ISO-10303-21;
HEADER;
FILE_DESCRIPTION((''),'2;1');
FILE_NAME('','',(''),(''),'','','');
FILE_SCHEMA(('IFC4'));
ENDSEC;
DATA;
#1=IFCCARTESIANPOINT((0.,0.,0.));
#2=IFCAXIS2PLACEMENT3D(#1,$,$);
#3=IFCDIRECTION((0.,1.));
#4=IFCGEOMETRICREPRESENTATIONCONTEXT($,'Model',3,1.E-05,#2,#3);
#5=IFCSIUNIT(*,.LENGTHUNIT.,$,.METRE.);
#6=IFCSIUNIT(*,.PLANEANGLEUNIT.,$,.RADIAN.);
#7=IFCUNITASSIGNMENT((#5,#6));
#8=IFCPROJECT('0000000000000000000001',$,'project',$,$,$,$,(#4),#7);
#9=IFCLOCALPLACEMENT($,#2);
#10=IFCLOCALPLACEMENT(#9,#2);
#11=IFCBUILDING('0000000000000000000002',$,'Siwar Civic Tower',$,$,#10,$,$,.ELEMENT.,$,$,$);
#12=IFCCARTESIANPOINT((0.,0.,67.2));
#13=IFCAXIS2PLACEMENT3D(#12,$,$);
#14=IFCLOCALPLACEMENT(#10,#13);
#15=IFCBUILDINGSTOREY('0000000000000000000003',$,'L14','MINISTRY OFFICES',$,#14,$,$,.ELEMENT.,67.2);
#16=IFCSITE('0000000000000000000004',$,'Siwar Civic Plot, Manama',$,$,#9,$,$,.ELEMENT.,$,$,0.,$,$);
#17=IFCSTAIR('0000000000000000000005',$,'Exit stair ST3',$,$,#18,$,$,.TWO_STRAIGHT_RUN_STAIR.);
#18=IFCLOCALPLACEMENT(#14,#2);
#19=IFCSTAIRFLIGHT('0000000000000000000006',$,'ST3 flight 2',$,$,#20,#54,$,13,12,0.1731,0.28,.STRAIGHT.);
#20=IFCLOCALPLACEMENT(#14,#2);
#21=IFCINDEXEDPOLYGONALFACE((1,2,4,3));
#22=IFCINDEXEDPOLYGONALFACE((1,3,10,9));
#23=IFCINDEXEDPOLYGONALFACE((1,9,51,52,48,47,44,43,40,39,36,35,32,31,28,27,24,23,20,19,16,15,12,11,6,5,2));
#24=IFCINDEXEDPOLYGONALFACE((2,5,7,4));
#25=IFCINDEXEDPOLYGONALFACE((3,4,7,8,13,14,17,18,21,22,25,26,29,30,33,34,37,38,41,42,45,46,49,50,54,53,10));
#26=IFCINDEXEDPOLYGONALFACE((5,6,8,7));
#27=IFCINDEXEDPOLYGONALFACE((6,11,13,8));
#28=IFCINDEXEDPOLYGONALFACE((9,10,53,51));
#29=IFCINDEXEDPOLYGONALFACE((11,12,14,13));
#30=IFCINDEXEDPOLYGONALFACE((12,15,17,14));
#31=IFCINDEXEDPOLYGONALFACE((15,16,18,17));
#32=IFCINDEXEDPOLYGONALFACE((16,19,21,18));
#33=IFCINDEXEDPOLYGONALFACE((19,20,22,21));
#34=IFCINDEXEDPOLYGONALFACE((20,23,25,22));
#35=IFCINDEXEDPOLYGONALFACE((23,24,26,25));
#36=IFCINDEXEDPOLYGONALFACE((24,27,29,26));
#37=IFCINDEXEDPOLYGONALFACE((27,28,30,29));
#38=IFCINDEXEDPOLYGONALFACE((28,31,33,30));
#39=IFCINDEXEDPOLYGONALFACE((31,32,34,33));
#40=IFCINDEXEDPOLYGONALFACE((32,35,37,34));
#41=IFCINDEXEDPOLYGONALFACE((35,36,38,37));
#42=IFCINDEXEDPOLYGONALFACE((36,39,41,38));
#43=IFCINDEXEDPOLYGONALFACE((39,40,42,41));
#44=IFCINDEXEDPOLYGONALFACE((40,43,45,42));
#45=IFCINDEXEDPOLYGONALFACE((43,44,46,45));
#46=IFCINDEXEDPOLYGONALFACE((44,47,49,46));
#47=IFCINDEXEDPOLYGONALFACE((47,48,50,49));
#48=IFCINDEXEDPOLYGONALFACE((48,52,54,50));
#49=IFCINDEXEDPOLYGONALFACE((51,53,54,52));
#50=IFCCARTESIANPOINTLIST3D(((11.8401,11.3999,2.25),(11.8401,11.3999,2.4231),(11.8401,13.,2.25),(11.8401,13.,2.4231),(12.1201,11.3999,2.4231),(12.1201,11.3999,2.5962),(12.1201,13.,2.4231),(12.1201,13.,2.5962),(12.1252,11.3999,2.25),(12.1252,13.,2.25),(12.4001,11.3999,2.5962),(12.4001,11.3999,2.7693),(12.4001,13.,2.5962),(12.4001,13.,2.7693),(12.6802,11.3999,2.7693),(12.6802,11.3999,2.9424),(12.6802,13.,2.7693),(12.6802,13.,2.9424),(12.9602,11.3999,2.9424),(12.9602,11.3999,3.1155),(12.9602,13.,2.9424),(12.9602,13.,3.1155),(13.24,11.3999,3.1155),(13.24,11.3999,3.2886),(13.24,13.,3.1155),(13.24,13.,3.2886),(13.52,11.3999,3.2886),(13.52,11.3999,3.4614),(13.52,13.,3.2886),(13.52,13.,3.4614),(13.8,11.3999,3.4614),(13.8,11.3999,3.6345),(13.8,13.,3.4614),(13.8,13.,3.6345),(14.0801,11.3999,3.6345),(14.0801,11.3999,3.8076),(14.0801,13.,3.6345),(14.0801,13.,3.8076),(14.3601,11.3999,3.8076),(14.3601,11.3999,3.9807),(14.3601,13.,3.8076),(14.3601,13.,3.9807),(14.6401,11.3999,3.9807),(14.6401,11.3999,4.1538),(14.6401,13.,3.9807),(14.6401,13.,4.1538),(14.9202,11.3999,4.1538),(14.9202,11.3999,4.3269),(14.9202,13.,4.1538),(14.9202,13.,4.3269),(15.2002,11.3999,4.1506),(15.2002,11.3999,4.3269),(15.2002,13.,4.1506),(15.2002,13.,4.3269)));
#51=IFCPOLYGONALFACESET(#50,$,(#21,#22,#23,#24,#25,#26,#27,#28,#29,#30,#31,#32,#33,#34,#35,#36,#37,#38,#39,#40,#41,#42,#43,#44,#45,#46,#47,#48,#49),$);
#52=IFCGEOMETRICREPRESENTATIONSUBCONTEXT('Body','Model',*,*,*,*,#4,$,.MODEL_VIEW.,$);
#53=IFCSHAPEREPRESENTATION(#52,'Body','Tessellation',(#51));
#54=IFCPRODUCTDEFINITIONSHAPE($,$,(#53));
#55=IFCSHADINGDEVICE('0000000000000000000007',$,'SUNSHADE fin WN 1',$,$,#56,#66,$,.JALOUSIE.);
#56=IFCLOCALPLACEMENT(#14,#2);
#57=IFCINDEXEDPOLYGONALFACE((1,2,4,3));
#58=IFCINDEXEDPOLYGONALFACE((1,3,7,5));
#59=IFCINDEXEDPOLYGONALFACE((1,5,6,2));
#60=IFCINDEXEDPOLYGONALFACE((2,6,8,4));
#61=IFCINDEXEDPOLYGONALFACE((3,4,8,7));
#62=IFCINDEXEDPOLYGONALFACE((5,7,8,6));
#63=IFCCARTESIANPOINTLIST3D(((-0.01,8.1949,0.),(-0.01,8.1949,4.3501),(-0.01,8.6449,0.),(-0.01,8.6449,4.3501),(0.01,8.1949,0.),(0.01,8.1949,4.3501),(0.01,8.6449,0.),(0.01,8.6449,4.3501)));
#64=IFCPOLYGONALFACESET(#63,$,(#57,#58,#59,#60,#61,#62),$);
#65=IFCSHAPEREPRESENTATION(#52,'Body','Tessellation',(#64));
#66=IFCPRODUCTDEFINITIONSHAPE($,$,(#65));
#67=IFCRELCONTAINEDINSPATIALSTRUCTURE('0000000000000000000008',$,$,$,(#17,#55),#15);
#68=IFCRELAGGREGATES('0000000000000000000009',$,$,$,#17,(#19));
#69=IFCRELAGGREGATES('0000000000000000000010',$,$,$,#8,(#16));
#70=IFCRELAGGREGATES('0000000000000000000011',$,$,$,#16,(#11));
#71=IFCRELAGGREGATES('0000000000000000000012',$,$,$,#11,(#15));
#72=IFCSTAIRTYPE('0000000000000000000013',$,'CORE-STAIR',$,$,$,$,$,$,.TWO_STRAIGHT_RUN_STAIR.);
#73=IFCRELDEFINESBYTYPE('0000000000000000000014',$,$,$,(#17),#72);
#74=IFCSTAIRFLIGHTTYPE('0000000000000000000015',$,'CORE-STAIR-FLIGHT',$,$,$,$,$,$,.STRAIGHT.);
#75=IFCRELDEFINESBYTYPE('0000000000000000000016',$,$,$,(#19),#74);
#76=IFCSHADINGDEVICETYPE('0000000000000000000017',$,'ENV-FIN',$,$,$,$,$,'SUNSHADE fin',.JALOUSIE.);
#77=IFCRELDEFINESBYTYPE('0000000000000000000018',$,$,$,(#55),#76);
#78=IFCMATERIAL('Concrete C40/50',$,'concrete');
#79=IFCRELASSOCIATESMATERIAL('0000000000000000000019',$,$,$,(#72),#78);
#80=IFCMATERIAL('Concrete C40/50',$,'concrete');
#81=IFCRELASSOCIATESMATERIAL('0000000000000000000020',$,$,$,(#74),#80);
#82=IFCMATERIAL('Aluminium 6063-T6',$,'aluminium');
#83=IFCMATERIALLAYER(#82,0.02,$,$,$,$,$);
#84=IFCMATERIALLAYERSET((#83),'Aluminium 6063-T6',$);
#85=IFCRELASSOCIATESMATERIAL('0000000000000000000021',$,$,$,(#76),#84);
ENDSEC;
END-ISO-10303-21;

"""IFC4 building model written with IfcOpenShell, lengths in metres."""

from ifc_helpers import new_model, si_unit, direction, frame, origin, origin_2d, place, context, subcontext, project, spatial, polyline, rectangle, outline, extrude, material, layer, layer_set, type_object, element, aggregate, save


model = new_model("IFC4")

# Units and contexts
model_context = context("Model", 3, precision=1e-05, world=origin(), true_north=direction((0.0, 1.0)))
body_context = subcontext(model_context, "Body", "Model", "MODEL_VIEW")
ifc_project = project(units=[si_unit("LENGTHUNIT", "METRE"), si_unit("PLANEANGLEUNIT", "RADIAN")], contexts=[model_context])

# Site, building, storey
site_placement = place(None, origin())
site = spatial("IfcSite", under=ifc_project, at=site_placement, Name="Siwar Civic Plot, Manama", CompositionType="ELEMENT", RefElevation=0.0)
building_placement = place(site_placement, origin())
building = spatial("IfcBuilding", under=site, at=building_placement, Name="Siwar Civic Tower", CompositionType="ELEMENT")
storey_placement = place(building_placement, frame((0.0, 0.0, 67.2)))
storey = spatial("IfcBuildingStorey", under=building, at=storey_placement, Name="L14", Description="MINISTRY OFFICES", CompositionType="ELEMENT", Elevation=67.2)

# Shared definitions
ifc_material_1 = material(Name="Concrete C40/50", Category="concrete")
stair_type = type_object("IfcStairType", Name="CORE-STAIR", PredefinedType="TWO_STRAIGHT_RUN_STAIR", material=ifc_material_1)

# Stair
stair_1_placement = place(storey_placement, origin())
stair_1 = element("IfcStair", 1, at=stair_1_placement, inside=storey, type_object=stair_type, Name="Exit stair ST3", PredefinedType="TWO_STRAIGHT_RUN_STAIR")

# Stair flight
ifc_material_2 = material(Name="Concrete C40/50", Category="concrete")
stair_flight_type = type_object("IfcStairFlightType", Name="CORE-STAIR-FLIGHT", PredefinedType="STRAIGHT", material=ifc_material_2)
stair_flight_1_placement = place(storey_placement, frame((11.8401, 12.2, 2.25), z_axis=(0.0, 0.0, 1.0), x_axis=(1.0, 0.0, 0.0)))
stair_flight_1 = element("IfcStairFlight", 2, at=stair_flight_1_placement, type_object=stair_flight_type, Name="ST3 flight 2", NumberOfRisers=13, NumberOfTreads=12, PredefinedType="STRAIGHT", RiserHeight=0.1731, TreadLength=0.28, context=body_context, shape_type="SweptSolid", body=[
    extrude(outline(polyline([(0.0, 0.0), (0.0, 0.1731), (0.28, 0.1731), (0.28, 0.3462), (0.5601, 0.3462), (0.5601, 0.5193), (0.8401, 0.5193), (0.8401, 0.6924), (1.1201, 0.6924), (1.1201, 0.8655), (1.3999, 0.8655), (1.3999, 1.0386), (1.6799, 1.0386), (1.6799, 1.2114), (1.96, 1.2114), (1.96, 1.3845), (2.24, 1.3845), (2.24, 1.5576), (2.52, 1.5576), (2.52, 1.7307), (2.8, 1.7307), (2.8, 1.9038), (3.0801, 1.9038), (3.0801, 2.0769), (3.3601, 2.0769), (3.3601, 2.25), (3.3601, 1.9006), (0.2852, 0.0), (0.0, 0.0)])), frame((0.0, 0.8, 0.0), z_axis=(0.0, -1.0, 0.0), x_axis=(1.0, 0.0, 0.0)), (0.0, 0.0, 1.0), 1.6001),
])
aggregate(stair_1, [stair_flight_1])

# Shading device
ifc_material_3 = material(Name="Aluminium 6063-T6", Category="aluminium")
ifc_layer_1 = layer(ifc_material_3, 0.02)
ifc_layer_set_1 = layer_set([ifc_layer_1], Name="Aluminium 6063-T6")
shading_device_type = type_object("IfcShadingDeviceType", Name="ENV-FIN", ElementType="SUNSHADE fin", PredefinedType="JALOUSIE", material=ifc_layer_set_1)
shading_device_placement = place(storey_placement, frame((0.0, 8.4199, 0.0), z_axis=(0.0, 0.0, 1.0), x_axis=(-1.0, 0.0, 0.0)))
element("IfcShadingDevice", 3, at=shading_device_placement, inside=storey, type_object=shading_device_type, Name="SUNSHADE fin WN 1", PredefinedType="JALOUSIE", context=body_context, shape_type="SweptSolid", body=[
    extrude(rectangle(XDim=0.02, YDim=0.45, at=origin_2d()), origin(), (0.0, 0.0, 1.0), 4.3501),
])

save(model, "model.ifc")
